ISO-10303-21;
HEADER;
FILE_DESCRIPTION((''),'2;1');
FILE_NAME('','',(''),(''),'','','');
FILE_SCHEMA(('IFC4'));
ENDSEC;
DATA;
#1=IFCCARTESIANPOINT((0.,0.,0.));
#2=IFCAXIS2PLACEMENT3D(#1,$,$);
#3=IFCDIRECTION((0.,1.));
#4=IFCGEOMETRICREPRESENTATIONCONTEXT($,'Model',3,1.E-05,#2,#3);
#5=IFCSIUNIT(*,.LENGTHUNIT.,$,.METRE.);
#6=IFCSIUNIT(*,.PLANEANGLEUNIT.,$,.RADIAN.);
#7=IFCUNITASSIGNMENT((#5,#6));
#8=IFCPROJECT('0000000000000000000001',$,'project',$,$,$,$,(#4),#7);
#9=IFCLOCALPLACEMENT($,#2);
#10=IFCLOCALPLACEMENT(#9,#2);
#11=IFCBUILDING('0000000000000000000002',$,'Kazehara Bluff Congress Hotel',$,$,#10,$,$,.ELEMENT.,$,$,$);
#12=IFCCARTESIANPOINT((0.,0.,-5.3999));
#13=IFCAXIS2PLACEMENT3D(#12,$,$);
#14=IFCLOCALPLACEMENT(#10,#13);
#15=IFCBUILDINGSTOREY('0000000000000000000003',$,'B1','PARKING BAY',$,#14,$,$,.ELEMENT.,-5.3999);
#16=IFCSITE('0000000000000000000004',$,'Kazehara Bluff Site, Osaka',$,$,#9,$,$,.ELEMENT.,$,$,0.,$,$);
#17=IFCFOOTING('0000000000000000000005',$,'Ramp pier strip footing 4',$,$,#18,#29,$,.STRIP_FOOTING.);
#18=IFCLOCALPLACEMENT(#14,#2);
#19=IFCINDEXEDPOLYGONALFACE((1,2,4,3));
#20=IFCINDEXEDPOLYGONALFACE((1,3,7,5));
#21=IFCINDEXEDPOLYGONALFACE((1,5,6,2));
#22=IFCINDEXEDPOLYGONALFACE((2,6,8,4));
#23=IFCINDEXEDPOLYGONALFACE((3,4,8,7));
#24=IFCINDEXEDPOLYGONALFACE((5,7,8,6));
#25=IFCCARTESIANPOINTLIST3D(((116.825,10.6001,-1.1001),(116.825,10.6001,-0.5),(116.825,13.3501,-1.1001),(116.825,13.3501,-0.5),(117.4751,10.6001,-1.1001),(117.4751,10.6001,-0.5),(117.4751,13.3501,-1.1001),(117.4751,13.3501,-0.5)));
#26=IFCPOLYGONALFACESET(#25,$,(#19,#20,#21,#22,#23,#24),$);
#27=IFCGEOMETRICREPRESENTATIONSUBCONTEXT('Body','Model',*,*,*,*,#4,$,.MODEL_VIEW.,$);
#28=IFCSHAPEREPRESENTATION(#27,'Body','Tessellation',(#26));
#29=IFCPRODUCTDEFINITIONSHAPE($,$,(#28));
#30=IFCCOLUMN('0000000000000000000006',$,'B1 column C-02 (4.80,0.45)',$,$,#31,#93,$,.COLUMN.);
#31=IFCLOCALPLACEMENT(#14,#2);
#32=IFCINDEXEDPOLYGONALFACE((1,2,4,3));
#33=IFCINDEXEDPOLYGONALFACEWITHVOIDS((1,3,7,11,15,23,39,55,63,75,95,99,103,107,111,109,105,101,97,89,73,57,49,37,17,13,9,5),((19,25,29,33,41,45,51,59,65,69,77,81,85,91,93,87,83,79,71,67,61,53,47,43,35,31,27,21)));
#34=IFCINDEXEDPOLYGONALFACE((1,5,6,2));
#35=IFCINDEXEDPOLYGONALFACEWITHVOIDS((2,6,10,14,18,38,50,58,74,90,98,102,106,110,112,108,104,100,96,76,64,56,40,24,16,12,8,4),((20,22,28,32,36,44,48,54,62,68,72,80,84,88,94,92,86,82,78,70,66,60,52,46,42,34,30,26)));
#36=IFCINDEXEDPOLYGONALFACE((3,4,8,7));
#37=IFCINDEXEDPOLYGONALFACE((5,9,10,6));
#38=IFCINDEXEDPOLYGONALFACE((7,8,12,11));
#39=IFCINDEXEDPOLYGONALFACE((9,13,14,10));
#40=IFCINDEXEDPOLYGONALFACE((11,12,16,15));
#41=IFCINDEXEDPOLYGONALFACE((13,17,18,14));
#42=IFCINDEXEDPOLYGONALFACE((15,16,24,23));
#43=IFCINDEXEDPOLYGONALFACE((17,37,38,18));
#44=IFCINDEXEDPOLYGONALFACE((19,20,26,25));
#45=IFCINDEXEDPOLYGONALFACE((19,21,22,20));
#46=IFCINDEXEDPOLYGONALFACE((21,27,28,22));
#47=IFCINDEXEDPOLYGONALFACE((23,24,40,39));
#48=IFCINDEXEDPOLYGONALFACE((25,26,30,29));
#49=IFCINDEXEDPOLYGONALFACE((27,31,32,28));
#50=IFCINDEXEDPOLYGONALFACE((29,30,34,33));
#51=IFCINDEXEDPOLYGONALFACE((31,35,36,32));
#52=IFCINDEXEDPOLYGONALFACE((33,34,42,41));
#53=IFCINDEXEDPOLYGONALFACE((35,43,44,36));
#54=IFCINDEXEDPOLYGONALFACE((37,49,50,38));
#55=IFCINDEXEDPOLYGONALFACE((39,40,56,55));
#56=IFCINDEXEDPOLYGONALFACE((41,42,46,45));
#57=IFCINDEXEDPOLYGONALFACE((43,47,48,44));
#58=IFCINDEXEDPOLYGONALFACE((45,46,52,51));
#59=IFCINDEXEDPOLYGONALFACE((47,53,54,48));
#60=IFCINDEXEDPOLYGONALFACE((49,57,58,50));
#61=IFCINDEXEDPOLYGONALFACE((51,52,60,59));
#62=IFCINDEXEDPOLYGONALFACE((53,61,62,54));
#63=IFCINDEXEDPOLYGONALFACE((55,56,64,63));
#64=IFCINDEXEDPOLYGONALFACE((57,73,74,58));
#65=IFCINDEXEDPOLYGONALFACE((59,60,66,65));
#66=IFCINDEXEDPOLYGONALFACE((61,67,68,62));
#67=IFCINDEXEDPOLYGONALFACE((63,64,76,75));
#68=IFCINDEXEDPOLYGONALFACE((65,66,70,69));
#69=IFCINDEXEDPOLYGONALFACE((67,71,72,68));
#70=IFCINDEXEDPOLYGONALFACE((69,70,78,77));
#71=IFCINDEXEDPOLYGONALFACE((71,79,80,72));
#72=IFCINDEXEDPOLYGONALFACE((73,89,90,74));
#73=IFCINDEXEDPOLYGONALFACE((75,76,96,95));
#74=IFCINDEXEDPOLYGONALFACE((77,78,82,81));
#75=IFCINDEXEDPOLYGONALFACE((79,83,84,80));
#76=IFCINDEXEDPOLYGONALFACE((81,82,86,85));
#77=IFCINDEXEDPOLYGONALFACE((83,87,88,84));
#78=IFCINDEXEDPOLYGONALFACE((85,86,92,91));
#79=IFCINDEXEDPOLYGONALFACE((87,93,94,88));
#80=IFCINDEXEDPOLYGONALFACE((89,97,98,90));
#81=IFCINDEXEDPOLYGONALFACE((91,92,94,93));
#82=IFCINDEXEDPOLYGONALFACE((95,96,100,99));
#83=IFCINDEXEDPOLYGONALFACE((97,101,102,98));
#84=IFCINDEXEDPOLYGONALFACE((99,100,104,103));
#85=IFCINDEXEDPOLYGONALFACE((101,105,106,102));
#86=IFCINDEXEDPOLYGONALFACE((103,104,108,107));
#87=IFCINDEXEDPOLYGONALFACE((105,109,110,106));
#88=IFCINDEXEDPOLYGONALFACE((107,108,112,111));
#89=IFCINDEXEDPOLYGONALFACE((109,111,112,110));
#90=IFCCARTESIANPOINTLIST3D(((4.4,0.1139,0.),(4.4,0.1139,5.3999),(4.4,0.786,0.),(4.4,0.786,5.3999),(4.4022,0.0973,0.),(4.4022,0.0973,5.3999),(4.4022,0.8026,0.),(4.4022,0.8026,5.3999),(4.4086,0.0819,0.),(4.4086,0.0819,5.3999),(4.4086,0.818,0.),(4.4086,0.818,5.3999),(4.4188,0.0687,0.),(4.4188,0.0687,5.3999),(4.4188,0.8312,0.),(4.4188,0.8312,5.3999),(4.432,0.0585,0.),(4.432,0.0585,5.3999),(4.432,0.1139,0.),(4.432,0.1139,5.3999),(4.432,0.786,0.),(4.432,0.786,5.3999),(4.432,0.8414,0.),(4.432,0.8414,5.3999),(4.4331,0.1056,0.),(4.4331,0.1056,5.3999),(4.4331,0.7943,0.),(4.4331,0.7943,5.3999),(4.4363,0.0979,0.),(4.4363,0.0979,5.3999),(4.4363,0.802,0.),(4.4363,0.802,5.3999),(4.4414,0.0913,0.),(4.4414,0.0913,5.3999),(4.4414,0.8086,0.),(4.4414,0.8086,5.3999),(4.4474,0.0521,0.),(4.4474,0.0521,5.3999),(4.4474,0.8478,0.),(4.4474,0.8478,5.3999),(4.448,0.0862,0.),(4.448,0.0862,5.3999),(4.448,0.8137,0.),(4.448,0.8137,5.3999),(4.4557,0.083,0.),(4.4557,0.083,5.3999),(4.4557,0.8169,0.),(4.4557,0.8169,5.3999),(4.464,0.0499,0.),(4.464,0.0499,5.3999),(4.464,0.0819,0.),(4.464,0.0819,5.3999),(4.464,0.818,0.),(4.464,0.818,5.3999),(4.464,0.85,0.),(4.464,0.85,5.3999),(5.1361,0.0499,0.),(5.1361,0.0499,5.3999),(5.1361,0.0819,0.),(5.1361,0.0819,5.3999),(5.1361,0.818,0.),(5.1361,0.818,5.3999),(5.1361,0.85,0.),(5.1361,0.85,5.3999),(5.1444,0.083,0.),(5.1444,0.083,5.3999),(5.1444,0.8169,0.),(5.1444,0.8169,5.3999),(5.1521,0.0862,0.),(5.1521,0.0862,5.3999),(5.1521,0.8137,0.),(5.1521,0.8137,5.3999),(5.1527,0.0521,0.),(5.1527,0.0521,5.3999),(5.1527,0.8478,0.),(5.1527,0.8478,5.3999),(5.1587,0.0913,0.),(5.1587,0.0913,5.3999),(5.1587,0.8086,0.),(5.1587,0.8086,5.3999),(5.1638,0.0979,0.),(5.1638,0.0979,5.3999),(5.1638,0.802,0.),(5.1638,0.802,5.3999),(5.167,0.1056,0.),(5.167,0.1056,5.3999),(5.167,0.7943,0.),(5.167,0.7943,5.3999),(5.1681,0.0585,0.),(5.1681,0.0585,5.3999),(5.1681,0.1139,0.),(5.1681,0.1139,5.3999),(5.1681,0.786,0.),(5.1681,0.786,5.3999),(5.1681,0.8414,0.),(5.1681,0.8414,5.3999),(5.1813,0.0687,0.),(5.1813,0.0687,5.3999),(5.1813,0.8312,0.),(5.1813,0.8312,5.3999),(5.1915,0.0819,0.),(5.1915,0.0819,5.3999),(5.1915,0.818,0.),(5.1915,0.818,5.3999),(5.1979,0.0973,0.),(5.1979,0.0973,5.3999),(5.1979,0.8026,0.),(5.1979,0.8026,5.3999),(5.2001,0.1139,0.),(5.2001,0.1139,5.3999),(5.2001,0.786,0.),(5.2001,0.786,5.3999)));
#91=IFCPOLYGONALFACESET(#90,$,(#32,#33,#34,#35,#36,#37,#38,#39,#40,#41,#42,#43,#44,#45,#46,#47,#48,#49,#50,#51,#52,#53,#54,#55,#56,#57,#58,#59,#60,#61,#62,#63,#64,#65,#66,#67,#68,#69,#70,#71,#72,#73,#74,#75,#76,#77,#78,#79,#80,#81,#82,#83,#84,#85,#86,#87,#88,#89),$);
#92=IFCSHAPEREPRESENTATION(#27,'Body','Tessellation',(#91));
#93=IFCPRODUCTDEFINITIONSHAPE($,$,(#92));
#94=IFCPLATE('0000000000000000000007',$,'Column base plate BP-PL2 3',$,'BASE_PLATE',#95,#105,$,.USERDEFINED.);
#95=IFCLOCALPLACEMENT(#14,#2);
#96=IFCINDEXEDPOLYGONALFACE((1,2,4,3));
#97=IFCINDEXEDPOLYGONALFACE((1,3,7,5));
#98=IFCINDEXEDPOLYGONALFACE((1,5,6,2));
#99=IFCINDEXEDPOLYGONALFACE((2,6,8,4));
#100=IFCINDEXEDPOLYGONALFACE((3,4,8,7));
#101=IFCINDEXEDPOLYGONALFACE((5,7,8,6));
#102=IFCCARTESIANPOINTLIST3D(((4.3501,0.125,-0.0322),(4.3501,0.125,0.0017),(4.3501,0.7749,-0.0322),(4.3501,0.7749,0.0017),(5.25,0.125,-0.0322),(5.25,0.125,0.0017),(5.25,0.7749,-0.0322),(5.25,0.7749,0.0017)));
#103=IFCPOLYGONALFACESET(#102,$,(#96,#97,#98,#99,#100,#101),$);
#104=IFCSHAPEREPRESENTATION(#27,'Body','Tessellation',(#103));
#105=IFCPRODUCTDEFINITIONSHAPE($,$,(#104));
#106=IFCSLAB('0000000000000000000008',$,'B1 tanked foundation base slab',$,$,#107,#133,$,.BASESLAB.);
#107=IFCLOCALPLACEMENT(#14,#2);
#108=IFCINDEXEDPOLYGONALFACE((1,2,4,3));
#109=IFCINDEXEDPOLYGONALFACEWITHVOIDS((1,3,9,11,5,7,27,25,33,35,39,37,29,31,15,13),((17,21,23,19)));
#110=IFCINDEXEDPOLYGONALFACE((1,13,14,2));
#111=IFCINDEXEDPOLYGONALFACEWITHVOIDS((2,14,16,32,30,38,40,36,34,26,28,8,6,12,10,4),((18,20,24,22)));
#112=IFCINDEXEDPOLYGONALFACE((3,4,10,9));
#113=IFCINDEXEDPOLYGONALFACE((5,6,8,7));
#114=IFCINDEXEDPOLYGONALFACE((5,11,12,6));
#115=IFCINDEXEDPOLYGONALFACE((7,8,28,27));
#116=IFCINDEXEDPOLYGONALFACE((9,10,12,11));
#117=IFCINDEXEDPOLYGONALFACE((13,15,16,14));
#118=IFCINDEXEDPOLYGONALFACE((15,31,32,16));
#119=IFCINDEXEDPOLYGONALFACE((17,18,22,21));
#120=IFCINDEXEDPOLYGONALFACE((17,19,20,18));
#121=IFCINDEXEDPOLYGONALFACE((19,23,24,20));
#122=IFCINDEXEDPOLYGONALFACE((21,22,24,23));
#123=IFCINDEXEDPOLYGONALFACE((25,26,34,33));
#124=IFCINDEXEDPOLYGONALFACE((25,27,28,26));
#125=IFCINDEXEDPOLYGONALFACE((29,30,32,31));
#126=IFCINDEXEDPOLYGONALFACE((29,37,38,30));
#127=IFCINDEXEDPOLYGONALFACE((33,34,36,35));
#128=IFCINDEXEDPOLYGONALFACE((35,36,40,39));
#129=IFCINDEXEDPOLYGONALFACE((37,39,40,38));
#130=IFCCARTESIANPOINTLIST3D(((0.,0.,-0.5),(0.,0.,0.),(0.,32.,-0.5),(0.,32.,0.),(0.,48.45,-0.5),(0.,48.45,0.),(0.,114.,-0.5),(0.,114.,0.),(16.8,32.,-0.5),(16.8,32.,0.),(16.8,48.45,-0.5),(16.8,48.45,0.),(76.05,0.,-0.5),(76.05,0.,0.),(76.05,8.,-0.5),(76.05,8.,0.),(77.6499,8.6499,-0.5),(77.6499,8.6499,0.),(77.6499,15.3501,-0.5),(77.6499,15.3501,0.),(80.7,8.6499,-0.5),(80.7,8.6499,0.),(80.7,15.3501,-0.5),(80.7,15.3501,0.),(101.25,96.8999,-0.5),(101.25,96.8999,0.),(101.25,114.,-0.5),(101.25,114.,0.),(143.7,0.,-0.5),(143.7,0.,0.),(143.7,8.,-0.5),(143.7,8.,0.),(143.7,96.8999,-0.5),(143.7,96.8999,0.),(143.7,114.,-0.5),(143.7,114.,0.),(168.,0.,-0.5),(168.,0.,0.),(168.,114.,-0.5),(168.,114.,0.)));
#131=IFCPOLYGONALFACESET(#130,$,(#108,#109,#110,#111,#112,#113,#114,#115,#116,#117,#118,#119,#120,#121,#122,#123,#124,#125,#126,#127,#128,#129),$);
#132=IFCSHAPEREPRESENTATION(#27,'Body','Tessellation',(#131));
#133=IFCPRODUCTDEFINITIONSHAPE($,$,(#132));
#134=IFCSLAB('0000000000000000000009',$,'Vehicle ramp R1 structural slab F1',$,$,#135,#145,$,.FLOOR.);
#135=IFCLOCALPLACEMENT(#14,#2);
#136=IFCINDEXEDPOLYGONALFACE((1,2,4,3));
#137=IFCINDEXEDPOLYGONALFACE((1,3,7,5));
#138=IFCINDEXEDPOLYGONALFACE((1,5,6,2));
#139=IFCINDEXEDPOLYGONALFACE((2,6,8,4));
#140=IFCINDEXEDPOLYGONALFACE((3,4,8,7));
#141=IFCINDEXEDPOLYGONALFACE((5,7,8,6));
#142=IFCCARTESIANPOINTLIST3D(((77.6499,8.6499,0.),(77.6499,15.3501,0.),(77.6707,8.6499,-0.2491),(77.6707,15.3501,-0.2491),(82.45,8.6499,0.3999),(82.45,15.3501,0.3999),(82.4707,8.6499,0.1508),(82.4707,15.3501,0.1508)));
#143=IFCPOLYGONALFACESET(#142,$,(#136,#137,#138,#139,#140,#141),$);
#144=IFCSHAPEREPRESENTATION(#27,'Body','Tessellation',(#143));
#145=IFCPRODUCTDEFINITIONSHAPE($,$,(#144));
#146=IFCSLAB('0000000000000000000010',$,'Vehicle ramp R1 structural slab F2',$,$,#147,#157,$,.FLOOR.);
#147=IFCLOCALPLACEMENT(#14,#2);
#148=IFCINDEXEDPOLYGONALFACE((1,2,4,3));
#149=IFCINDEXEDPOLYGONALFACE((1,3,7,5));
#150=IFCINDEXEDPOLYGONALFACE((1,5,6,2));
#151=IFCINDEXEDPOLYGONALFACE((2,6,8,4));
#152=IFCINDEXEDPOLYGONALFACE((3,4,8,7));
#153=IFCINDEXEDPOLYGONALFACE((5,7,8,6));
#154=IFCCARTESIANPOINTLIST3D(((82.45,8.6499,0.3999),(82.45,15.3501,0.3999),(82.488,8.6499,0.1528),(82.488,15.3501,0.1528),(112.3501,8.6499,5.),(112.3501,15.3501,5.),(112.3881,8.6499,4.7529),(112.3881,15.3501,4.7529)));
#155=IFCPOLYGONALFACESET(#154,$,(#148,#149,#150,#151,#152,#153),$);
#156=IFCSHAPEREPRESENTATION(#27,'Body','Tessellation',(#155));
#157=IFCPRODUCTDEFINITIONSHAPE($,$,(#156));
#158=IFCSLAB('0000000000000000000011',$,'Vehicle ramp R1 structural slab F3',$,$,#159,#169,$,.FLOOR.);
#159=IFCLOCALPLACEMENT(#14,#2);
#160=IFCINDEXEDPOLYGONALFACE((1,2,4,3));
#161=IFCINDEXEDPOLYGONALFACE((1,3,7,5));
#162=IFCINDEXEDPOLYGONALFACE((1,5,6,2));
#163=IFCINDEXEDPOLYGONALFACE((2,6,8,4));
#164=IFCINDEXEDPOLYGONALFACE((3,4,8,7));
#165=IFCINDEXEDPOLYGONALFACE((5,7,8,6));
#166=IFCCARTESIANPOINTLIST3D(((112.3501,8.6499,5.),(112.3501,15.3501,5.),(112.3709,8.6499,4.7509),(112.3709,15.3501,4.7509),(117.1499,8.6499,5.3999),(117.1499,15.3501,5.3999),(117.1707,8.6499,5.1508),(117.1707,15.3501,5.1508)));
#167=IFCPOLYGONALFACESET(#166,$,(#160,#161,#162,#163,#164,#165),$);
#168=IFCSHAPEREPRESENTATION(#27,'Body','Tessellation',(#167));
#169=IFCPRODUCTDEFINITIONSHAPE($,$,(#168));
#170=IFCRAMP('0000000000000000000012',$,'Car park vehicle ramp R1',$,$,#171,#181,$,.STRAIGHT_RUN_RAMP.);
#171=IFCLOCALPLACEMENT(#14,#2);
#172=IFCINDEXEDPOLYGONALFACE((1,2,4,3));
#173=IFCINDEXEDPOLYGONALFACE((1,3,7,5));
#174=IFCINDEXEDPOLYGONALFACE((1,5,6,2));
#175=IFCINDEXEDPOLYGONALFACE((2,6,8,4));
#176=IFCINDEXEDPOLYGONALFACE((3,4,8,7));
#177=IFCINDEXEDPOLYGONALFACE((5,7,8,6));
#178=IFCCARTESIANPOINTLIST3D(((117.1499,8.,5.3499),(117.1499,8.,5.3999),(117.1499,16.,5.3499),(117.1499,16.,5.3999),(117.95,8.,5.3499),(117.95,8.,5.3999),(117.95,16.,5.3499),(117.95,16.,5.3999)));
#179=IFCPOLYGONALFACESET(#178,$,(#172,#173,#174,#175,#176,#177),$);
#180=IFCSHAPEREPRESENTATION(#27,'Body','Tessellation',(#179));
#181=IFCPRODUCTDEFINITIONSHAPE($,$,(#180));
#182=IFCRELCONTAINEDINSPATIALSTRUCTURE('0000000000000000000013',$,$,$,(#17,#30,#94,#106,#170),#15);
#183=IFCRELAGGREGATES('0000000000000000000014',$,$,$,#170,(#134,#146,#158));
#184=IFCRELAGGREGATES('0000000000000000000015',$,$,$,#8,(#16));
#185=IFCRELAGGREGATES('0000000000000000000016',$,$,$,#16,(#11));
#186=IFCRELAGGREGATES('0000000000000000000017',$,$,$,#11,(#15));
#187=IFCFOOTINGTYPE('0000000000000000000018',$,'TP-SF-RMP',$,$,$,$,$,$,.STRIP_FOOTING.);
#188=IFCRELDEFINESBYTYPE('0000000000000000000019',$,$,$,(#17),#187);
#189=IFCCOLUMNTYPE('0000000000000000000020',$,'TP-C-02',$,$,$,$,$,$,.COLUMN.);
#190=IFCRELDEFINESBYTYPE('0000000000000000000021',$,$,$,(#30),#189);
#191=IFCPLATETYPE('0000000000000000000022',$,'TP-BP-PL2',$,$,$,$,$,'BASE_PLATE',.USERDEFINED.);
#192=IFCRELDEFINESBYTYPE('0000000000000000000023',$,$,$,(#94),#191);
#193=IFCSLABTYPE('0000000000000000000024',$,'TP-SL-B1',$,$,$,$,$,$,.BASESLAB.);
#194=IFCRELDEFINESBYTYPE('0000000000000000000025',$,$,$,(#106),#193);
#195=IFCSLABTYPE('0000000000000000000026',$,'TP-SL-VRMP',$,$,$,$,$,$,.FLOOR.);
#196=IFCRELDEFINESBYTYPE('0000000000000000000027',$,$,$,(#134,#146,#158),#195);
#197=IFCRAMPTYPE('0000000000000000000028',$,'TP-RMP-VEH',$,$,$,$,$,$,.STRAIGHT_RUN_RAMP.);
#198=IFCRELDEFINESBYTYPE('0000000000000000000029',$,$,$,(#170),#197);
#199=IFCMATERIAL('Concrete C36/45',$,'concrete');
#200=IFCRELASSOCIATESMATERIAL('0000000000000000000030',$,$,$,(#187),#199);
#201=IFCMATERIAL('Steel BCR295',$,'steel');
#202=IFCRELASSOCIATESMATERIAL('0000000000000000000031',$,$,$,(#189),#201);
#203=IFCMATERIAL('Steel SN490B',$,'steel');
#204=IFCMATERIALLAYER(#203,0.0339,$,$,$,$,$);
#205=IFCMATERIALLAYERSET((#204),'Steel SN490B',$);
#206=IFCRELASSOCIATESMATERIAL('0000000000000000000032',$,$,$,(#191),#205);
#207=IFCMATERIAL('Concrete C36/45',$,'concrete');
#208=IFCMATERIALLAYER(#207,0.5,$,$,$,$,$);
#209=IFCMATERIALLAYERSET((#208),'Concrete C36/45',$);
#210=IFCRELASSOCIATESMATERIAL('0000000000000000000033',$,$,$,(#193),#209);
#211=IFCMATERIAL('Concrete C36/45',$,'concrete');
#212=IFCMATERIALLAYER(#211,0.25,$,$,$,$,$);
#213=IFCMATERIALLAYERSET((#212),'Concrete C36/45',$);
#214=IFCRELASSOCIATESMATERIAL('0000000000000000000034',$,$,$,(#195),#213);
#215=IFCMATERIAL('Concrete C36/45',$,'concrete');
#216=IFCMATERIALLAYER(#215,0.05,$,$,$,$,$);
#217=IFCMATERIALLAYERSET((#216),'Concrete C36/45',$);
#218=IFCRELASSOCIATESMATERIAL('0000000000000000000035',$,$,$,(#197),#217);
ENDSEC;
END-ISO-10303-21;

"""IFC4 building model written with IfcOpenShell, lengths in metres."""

from ifc_helpers import new_model, si_unit, direction, frame, origin, origin_2d, place, context, subcontext, project, spatial, polyline, rectangle, hollow_rectangle, outline, extrude, material, layer, layer_set, material_profile, profile_set, type_object, element, aggregate, save


model = new_model("IFC4")

# Units and contexts
model_context = context("Model", 3, precision=1e-05, world=origin(), true_north=direction((0.0, 1.0)))
body_context = subcontext(model_context, "Body", "Model", "MODEL_VIEW")
ifc_project = project(units=[si_unit("LENGTHUNIT", "METRE"), si_unit("PLANEANGLEUNIT", "RADIAN")], contexts=[model_context])

# Site, building, storey
site_placement = place(None, origin())
site = spatial("IfcSite", under=ifc_project, at=site_placement, Name="Kazehara Bluff Site, Osaka", CompositionType="ELEMENT", RefElevation=0.0)
building_placement = place(site_placement, origin())
building = spatial("IfcBuilding", under=site, at=building_placement, Name="Kazehara Bluff Congress Hotel", CompositionType="ELEMENT")
storey_placement = place(building_placement, frame((0.0, 0.0, -5.3999)))
storey = spatial("IfcBuildingStorey", under=building, at=storey_placement, Name="B1", Description="PARKING BAY", CompositionType="ELEMENT", Elevation=-5.3999)

# Footing
ifc_material_1 = material(Name="Concrete C36/45", Category="concrete")
footing_type_1 = type_object("IfcFootingType", Name="TP-SF-RMP", PredefinedType="STRIP_FOOTING", material=ifc_material_1)
footing_1_placement = place(storey_placement, frame((0.0, 0.0, -1.1001)))
element("IfcFooting", 1, at=footing_1_placement, inside=storey, type_object=footing_type_1, Name="Ramp pier strip footing 4", PredefinedType="STRIP_FOOTING", context=body_context, shape_type="SweptSolid", body=[
    extrude(outline(polyline([(116.825, 10.6001), (117.4751, 10.6001), (117.4751, 13.3501), (116.825, 13.3501), (116.825, 10.6001)])), origin(), (0.0, 0.0, 1.0), 0.6001),
])

# Column
ifc_material_2 = material(Name="Steel BCR295", Category="steel")
ifc_material_profile_1 = material_profile(ifc_material_2, hollow_rectangle(XDim=0.8, YDim=0.8, WallThickness=0.032, InnerFilletRadius=0.032, OuterFilletRadius=0.064, at=origin_2d()))
ifc_profile_set_1 = profile_set([ifc_material_profile_1], Name="Steel BCR295")
column_type = type_object("IfcColumnType", Name="TP-C-02", PredefinedType="COLUMN", material=ifc_profile_set_1)
column_placement = place(storey_placement, frame((4.8, 0.45, 0.0), z_axis=(0.0, 0.0, 1.0), x_axis=(1.0, 0.0, 0.0)))
element("IfcColumn", 2, at=column_placement, inside=storey, type_object=column_type, Name="B1 column C-02 (4.80,0.45)", PredefinedType="COLUMN", context=body_context, shape_type="SweptSolid", body=[
    extrude(hollow_rectangle(XDim=0.8, YDim=0.8, WallThickness=0.032, InnerFilletRadius=0.032, OuterFilletRadius=0.064, at=origin_2d()), origin(), (0.0, 0.0, 1.0), 5.3999),
])

# Plate
ifc_material_3 = material(Name="Steel SN490B", Category="steel")
ifc_layer_1 = layer(ifc_material_3, 0.0339)
ifc_layer_set_1 = layer_set([ifc_layer_1], Name="Steel SN490B")
plate_type = type_object("IfcPlateType", Name="TP-BP-PL2", ElementType="BASE_PLATE", PredefinedType="USERDEFINED", material=ifc_layer_set_1)
plate_placement = place(storey_placement, frame((4.8, 0.45, -0.0322), z_axis=(0.0, 0.0, 1.0), x_axis=(1.0, 0.0, 0.0)))
element("IfcPlate", 3, at=plate_placement, inside=storey, type_object=plate_type, Name="Column base plate BP-PL2 3", ObjectType="BASE_PLATE", PredefinedType="USERDEFINED", context=body_context, shape_type="SweptSolid", body=[
    extrude(rectangle(XDim=0.8999, YDim=0.6499, at=origin_2d()), origin(), (0.0, 0.0, 1.0), 0.0339),
])

# Slabs
ifc_material_4 = material(Name="Concrete C36/45", Category="concrete")
ifc_layer_2 = layer(ifc_material_4, 0.5)
ifc_layer_set_2 = layer_set([ifc_layer_2], Name="Concrete C36/45")
slab_type_1 = type_object("IfcSlabType", Name="TP-SL-B1", PredefinedType="BASESLAB", material=ifc_layer_set_2)
slab_1_placement = place(storey_placement, frame((0.0, 0.0, -0.5)))
element("IfcSlab", 4, at=slab_1_placement, inside=storey, type_object=slab_type_1, Name="B1 tanked foundation base slab", PredefinedType="BASESLAB", context=body_context, shape_type="SweptSolid", body=[
    extrude(outline(polyline([(0.0, 0.0), (76.05, 0.0), (76.05, 8.0), (143.7, 8.0), (143.7, 0.0), (168.0, 0.0), (168.0, 114.0), (143.7, 114.0), (143.7, 96.8999), (101.25, 96.8999), (101.25, 114.0), (0.0, 114.0), (0.0, 48.45), (16.8, 48.45), (16.8, 32.0), (0.0, 32.0), (0.0, 0.0)]), holes=[polyline([(77.6499, 8.6499), (80.7, 8.6499), (80.7, 15.3501), (77.6499, 15.3501), (77.6499, 8.6499)])]), origin(), (0.0, 0.0, 1.0), 0.5),
])
ifc_material_5 = material(Name="Concrete C36/45", Category="concrete")
ifc_layer_3 = layer(ifc_material_5, 0.25)
ifc_layer_set_3 = layer_set([ifc_layer_3], Name="Concrete C36/45")
slab_type_2 = type_object("IfcSlabType", Name="TP-SL-VRMP", PredefinedType="FLOOR", material=ifc_layer_set_3)
slab_2_placement = place(storey_placement, frame((77.6499, 8.6499, 0.0), z_axis=(-0.083025, 0.0, 0.996548), x_axis=(0.996548, 0.0, 0.083025)))
slab_2 = element("IfcSlab", 5, at=slab_2_placement, type_object=slab_type_2, Name="Vehicle ramp R1 structural slab F1", PredefinedType="FLOOR", context=body_context, shape_type="SweptSolid", body=[
    extrude(outline(polyline([(0.0, 0.0), (4.8167, 0.0), (4.8167, 6.7002), (0.0, 6.7002), (0.0, 0.0)])), origin(), (0.0, 0.0, -1.0), 0.25),
])
slab_3_placement = place(storey_placement, frame((82.45, 8.6499, 0.3999), z_axis=(-0.15206, 0.0, 0.988371), x_axis=(0.988371, 0.0, 0.15206)))
slab_3 = element("IfcSlab", 6, at=slab_3_placement, type_object=slab_type_2, Name="Vehicle ramp R1 structural slab F2", PredefinedType="FLOOR", context=body_context, shape_type="SweptSolid", body=[
    extrude(outline(polyline([(0.0, 0.0), (30.2519, 0.0), (30.2519, 6.7002), (0.0, 6.7002), (0.0, 0.0)])), origin(), (0.0, 0.0, -1.0), 0.25),
])
slab_4_placement = place(storey_placement, frame((112.3501, 8.6499, 5.0), z_axis=(-0.083029, 0.0, 0.996547), x_axis=(0.996547, 0.0, 0.083029)))
slab_4 = element("IfcSlab", 7, at=slab_4_placement, type_object=slab_type_2, Name="Vehicle ramp R1 structural slab F3", PredefinedType="FLOOR", context=body_context, shape_type="SweptSolid", body=[
    extrude(outline(polyline([(0.0, 0.0), (4.8164, 0.0), (4.8164, 6.7002), (0.0, 6.7002), (0.0, 0.0)])), origin(), (0.0, 0.0, -1.0), 0.25),
])

# Ramp
ifc_material_6 = material(Name="Concrete C36/45", Category="concrete")
ifc_layer_4 = layer(ifc_material_6, 0.05)
ifc_layer_set_4 = layer_set([ifc_layer_4], Name="Concrete C36/45")
ramp_type = type_object("IfcRampType", Name="TP-RMP-VEH", PredefinedType="STRAIGHT_RUN_RAMP", material=ifc_layer_set_4)
ramp_placement = place(storey_placement, frame((0.0, 0.0, 5.3499)))
ramp = element("IfcRamp", 8, at=ramp_placement, inside=storey, type_object=ramp_type, Name="Car park vehicle ramp R1", PredefinedType="STRAIGHT_RUN_RAMP", context=body_context, shape_type="SweptSolid", body=[
    extrude(outline(polyline([(117.1499, 8.0), (117.95, 8.0), (117.95, 16.0), (117.1499, 16.0), (117.1499, 8.0)])), origin(), (0.0, 0.0, 1.0), 0.05),
])
aggregate(ramp, [slab_2, slab_3, slab_4])

save(model, "model.ifc")
